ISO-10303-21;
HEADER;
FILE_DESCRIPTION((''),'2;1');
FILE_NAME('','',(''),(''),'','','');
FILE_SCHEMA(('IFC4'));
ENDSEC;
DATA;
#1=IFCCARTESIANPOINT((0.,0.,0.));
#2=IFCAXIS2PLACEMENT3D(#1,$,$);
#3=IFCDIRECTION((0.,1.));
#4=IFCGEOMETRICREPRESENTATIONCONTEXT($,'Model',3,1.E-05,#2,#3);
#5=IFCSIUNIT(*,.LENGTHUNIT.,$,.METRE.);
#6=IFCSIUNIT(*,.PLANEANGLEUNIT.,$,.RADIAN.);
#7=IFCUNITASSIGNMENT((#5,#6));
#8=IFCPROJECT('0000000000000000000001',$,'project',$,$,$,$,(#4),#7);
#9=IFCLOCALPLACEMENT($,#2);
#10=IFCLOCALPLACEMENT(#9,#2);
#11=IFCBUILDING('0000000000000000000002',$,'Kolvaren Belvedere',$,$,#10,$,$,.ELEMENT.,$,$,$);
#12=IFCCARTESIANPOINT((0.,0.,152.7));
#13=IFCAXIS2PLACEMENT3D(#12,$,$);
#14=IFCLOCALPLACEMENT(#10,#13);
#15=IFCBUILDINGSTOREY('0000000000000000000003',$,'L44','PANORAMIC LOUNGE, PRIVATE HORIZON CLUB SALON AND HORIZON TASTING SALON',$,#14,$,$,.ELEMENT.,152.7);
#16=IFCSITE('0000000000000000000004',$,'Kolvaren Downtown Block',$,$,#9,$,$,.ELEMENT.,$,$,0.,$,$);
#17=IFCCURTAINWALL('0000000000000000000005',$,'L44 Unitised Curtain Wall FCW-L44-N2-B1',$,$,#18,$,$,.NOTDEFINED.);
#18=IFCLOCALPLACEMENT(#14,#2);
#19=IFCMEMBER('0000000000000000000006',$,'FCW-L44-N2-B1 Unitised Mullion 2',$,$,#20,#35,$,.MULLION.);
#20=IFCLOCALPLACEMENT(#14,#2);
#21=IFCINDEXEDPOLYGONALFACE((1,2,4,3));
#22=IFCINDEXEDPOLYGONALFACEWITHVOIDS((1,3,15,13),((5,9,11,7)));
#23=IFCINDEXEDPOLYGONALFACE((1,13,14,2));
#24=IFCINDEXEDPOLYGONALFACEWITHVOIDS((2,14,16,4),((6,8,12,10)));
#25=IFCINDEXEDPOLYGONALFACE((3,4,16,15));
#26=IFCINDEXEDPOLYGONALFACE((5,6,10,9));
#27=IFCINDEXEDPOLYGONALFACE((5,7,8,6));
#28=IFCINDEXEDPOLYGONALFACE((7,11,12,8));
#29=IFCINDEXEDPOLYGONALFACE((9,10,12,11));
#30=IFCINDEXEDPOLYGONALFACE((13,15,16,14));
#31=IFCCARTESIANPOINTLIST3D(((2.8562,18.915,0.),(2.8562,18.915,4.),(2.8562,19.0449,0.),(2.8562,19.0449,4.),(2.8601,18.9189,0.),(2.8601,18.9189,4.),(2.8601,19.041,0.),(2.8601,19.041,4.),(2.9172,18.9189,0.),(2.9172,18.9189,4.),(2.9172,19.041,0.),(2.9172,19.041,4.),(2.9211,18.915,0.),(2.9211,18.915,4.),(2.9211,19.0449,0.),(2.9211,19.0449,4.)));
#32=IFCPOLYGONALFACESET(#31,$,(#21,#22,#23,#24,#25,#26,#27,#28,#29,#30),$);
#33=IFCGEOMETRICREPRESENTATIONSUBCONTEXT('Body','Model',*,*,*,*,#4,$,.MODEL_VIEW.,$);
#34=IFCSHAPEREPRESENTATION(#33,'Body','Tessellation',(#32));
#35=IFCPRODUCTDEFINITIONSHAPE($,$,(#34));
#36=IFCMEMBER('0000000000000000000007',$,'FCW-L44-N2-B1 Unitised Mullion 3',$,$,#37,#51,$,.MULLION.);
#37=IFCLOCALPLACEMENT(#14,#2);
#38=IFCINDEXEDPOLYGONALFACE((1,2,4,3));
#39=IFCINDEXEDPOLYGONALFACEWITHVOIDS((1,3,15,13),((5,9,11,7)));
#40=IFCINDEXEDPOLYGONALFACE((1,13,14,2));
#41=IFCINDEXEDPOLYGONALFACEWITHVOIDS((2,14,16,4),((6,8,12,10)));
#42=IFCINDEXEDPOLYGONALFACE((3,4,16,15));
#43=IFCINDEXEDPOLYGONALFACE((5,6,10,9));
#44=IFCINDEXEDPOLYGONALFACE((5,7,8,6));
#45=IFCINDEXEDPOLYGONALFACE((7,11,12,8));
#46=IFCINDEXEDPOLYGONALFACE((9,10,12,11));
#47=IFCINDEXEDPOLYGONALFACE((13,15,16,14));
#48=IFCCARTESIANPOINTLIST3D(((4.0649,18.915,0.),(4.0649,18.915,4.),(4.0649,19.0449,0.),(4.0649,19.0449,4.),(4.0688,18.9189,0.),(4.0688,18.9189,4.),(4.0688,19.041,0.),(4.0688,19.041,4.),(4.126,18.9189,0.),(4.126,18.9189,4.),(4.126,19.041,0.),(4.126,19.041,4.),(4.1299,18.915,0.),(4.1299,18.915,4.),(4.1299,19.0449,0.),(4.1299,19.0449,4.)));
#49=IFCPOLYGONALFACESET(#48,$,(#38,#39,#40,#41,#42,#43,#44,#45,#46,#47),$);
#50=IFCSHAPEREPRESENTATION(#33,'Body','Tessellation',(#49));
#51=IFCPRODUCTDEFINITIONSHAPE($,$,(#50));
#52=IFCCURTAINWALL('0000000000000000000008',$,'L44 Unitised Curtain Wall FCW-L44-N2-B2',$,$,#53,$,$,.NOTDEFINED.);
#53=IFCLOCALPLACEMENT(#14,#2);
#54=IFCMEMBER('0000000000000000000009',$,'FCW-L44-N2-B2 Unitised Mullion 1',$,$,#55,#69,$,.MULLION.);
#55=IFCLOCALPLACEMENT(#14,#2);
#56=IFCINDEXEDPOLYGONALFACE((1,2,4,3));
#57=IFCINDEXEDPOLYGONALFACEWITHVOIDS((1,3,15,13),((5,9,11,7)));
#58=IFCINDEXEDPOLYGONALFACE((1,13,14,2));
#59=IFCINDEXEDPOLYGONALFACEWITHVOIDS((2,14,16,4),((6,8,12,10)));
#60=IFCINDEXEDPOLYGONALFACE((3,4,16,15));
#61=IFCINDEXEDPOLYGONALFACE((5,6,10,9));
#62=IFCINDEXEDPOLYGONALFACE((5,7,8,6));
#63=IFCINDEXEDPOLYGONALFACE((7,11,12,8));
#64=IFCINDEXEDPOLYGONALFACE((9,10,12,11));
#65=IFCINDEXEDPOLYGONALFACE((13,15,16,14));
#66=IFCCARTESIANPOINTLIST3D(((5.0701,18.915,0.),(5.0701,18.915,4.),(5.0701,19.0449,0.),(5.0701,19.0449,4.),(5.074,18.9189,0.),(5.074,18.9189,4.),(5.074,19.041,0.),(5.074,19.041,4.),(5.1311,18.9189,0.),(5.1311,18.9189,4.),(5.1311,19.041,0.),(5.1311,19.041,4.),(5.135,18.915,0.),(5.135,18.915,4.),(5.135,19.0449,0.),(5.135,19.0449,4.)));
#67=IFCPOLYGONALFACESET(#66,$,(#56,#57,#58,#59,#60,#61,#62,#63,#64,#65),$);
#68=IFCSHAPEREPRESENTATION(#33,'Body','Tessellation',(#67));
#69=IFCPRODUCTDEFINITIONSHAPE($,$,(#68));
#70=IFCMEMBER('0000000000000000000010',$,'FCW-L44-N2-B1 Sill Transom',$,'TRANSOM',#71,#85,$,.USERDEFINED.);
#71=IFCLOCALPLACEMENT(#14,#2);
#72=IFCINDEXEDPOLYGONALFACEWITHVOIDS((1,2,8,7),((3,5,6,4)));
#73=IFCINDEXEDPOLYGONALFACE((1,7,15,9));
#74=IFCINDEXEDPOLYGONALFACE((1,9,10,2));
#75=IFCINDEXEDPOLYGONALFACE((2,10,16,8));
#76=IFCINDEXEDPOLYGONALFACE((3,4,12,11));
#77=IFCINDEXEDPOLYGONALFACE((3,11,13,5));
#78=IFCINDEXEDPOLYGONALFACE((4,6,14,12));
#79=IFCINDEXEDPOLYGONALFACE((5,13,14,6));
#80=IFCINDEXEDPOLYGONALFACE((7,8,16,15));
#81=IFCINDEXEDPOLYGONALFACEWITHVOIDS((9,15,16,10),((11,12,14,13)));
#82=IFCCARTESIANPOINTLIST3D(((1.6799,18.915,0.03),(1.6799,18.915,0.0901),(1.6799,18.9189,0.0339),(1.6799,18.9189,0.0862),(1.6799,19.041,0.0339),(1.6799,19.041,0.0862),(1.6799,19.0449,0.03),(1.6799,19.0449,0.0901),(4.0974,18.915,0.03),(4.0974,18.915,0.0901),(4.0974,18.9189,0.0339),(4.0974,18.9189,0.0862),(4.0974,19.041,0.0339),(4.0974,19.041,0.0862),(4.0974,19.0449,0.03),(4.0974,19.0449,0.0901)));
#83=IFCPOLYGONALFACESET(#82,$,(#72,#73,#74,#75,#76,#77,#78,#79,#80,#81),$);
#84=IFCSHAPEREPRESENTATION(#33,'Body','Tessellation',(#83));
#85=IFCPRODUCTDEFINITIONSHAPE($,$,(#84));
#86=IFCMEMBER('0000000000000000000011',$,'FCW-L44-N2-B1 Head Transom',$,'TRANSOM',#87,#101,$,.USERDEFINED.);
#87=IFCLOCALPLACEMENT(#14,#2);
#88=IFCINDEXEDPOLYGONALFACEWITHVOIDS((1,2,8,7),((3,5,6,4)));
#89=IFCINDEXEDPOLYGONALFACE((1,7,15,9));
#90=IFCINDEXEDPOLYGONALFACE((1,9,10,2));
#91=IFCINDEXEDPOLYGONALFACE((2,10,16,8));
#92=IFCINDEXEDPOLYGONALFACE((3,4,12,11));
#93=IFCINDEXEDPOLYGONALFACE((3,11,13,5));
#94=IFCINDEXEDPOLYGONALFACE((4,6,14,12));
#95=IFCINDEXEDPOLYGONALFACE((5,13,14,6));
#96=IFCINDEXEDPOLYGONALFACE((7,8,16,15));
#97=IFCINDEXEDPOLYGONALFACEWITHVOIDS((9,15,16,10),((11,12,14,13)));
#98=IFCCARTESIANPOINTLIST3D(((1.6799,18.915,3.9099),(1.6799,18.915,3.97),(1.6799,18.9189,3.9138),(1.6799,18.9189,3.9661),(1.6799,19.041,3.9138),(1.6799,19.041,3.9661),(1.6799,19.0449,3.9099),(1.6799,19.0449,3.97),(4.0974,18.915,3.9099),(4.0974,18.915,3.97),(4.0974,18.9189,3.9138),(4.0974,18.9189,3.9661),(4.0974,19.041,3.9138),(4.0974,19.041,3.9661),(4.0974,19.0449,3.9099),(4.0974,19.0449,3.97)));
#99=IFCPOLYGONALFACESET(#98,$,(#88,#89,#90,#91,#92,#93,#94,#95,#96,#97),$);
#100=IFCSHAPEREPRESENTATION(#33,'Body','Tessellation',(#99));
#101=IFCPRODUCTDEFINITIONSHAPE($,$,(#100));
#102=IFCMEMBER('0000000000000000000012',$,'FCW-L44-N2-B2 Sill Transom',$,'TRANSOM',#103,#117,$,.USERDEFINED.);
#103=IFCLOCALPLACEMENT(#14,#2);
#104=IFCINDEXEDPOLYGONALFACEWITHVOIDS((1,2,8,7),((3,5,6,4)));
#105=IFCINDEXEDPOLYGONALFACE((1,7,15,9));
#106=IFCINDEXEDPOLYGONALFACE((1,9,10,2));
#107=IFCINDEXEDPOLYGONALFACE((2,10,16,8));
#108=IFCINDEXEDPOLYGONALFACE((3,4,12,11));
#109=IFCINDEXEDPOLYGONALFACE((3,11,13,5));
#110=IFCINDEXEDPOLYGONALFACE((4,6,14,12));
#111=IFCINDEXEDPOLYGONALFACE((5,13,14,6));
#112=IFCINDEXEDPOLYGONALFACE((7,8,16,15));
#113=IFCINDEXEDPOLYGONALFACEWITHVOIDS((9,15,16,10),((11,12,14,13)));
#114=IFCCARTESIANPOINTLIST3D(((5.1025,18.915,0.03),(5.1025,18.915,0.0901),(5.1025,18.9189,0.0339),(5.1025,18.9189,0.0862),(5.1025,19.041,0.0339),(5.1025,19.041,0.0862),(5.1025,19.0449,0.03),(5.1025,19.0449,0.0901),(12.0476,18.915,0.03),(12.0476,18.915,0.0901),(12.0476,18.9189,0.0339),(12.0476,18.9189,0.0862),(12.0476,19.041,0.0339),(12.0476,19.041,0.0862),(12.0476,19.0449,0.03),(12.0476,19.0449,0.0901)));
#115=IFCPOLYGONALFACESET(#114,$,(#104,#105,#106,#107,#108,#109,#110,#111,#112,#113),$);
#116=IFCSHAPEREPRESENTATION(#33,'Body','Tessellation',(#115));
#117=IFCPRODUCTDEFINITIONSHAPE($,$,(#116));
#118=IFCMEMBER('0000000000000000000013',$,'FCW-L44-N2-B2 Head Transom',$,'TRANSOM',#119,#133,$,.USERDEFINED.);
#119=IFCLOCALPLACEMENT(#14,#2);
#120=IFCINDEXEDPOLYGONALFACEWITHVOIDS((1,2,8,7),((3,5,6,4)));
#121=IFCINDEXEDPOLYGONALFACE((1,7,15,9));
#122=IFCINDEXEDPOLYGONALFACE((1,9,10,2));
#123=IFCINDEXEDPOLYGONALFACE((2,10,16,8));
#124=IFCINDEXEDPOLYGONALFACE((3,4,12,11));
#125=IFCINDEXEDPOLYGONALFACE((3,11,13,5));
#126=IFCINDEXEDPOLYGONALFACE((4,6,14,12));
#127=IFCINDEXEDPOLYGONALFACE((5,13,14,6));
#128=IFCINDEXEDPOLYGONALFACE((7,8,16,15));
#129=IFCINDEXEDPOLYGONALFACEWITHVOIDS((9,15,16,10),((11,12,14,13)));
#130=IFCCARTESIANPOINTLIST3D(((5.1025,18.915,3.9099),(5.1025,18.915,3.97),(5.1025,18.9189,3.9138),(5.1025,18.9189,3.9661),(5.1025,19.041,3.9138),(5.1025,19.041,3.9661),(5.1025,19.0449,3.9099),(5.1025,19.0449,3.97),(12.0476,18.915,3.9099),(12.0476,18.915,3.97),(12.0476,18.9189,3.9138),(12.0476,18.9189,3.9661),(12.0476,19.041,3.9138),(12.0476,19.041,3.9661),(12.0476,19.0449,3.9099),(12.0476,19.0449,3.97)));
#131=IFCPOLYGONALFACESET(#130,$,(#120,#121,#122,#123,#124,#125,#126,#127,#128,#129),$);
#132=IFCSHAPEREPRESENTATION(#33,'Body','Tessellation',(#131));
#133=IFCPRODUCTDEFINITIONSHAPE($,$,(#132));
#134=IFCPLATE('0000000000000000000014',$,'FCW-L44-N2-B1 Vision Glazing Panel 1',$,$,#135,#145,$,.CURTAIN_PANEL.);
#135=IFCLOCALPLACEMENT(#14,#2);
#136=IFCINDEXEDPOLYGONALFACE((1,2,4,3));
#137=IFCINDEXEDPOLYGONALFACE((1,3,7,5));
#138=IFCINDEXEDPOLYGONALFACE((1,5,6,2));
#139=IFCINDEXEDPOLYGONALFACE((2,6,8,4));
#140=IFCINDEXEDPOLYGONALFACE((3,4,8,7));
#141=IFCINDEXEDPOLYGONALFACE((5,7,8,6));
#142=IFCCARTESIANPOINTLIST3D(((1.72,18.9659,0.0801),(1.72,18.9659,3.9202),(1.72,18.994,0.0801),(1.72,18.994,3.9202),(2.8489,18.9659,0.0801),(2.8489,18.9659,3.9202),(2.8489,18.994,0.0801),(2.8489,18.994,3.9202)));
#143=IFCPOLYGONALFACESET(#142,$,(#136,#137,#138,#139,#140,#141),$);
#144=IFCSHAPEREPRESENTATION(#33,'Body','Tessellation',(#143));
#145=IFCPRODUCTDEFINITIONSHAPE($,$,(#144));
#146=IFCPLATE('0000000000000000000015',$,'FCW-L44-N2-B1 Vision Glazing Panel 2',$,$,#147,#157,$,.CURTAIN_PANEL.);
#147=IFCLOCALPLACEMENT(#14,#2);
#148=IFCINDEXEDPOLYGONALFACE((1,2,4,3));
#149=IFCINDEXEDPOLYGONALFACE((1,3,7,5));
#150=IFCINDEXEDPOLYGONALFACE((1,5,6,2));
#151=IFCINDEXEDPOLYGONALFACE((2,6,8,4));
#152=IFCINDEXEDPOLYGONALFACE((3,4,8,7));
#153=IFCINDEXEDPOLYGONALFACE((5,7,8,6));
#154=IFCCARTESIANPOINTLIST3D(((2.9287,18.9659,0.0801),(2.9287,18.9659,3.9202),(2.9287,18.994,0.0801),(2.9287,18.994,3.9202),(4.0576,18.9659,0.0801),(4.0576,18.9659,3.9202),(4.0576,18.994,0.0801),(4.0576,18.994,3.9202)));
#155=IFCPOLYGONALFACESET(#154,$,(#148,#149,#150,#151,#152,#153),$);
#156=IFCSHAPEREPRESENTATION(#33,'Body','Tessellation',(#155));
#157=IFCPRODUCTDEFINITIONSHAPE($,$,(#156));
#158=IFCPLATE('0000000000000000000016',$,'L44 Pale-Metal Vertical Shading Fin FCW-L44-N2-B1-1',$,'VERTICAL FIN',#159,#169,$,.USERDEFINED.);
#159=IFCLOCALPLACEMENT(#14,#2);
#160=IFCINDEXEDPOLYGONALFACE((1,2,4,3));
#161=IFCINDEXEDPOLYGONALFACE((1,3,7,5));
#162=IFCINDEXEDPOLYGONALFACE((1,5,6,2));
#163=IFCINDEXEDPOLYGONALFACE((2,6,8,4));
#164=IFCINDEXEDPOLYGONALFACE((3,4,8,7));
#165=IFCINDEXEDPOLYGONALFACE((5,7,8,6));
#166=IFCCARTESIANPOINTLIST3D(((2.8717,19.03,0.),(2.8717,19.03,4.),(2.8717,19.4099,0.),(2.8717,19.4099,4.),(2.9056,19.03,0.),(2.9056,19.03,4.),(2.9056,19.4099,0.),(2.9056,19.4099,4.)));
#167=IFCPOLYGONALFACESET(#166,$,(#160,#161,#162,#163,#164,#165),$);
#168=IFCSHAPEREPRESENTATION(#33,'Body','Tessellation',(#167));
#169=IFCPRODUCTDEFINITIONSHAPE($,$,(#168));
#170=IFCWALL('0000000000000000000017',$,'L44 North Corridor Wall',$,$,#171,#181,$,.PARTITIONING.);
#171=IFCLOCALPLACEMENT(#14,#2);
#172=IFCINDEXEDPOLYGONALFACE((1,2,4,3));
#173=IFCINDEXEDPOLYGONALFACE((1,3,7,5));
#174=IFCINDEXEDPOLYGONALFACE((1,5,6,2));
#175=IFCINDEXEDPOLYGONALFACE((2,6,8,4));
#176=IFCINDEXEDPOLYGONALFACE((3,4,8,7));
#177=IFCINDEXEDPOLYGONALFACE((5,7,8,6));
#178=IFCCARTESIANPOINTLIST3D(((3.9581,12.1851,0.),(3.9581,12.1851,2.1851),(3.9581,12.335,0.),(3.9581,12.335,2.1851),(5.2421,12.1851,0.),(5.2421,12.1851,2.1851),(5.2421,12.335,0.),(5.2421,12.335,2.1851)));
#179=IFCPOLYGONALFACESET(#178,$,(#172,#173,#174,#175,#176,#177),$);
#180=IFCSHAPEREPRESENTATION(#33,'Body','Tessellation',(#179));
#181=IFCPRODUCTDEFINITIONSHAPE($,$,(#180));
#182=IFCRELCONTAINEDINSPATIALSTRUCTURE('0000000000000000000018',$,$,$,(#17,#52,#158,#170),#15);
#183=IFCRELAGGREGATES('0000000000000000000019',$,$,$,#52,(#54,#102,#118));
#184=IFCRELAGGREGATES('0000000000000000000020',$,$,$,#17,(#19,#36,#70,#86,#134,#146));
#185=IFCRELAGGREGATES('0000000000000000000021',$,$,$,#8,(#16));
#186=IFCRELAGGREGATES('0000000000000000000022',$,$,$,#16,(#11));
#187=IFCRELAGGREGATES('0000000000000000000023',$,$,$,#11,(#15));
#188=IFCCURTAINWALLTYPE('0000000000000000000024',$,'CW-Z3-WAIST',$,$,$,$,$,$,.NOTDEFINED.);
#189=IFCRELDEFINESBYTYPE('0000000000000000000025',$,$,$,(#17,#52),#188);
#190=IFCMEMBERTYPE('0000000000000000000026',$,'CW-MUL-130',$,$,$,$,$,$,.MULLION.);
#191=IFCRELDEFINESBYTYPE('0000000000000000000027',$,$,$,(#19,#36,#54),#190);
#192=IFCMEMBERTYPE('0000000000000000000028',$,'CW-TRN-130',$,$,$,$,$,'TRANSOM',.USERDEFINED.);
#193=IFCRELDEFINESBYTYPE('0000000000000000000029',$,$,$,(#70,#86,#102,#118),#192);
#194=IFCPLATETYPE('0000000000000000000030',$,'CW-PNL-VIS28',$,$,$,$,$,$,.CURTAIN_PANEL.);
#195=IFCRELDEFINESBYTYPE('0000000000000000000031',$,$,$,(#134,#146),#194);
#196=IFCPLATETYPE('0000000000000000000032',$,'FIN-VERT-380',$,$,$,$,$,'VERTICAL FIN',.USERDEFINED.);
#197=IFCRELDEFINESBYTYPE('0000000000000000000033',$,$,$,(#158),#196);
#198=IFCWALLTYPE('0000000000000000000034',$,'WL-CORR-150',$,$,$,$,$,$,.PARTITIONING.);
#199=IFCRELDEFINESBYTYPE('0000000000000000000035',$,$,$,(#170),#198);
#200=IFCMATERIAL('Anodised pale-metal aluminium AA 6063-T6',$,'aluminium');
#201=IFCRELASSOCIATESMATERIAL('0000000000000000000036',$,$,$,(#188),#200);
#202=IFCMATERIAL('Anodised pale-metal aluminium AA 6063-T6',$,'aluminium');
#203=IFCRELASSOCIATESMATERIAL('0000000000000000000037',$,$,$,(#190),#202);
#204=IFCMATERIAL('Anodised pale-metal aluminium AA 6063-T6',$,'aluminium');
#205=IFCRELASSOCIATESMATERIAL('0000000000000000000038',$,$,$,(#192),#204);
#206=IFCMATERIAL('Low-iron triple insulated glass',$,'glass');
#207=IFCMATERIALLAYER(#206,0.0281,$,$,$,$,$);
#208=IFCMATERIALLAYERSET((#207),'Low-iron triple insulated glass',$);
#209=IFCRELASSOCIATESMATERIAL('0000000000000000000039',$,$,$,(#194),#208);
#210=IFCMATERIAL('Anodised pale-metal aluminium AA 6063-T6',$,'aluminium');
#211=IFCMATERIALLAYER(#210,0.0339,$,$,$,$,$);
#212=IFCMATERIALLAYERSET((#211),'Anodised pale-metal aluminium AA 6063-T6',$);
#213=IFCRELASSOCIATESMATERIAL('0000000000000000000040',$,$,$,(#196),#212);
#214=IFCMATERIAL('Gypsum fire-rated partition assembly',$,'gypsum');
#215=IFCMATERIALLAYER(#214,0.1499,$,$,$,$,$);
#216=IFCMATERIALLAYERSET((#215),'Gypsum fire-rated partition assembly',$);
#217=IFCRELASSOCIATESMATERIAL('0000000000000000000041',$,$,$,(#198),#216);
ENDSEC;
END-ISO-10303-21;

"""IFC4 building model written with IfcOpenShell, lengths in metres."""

from ifc_helpers import new_model, si_unit, direction, frame, frame_2d, origin, origin_2d, place, context, subcontext, project, spatial, rectangle, hollow_rectangle, extrude, material, layer, layer_set, material_profile, profile_set, type_object, element, aggregate, save


model = new_model("IFC4")

# Units and contexts
model_context = context("Model", 3, precision=1e-05, world=origin(), true_north=direction((0.0, 1.0)))
body_context = subcontext(model_context, "Body", "Model", "MODEL_VIEW")
ifc_project = project(units=[si_unit("LENGTHUNIT", "METRE"), si_unit("PLANEANGLEUNIT", "RADIAN")], contexts=[model_context])

# Site, building, storey
site_placement = place(None, origin())
site = spatial("IfcSite", under=ifc_project, at=site_placement, Name="Kolvaren Downtown Block", CompositionType="ELEMENT", RefElevation=0.0)
building_placement = place(site_placement, origin())
building = spatial("IfcBuilding", under=site, at=building_placement, Name="Kolvaren Belvedere", CompositionType="ELEMENT")
storey_placement = place(building_placement, frame((0.0, 0.0, 152.7)))
storey = spatial("IfcBuildingStorey", under=building, at=storey_placement, Name="L44", Description="PANORAMIC LOUNGE, PRIVATE HORIZON CLUB SALON AND HORIZON TASTING SALON", CompositionType="ELEMENT", Elevation=152.7)

# Curtain wall, members
ifc_material_1 = material(Name="Anodised pale-metal aluminium AA 6063-T6", Category="aluminium")
curtain_wall_type = type_object("IfcCurtainWallType", Name="CW-Z3-WAIST", PredefinedType="NOTDEFINED", material=ifc_material_1)
curtain_wall_1_placement = place(storey_placement, origin())
curtain_wall_1 = element("IfcCurtainWall", 1, at=curtain_wall_1_placement, inside=storey, type_object=curtain_wall_type, Name="L44 Unitised Curtain Wall FCW-L44-N2-B1", PredefinedType="NOTDEFINED")
ifc_material_2 = material(Name="Anodised pale-metal aluminium AA 6063-T6", Category="aluminium")
ifc_material_profile_1 = material_profile(ifc_material_2, hollow_rectangle(XDim=0.0649, YDim=0.1299, WallThickness=0.0039, at=origin_2d()), Name="ALU-MUL-130X65")
ifc_profile_set_1 = profile_set([ifc_material_profile_1], Name="Anodised pale-metal aluminium AA 6063-T6")
member_type_1 = type_object("IfcMemberType", Name="CW-MUL-130", PredefinedType="MULLION", material=ifc_profile_set_1)
member_1_placement = place(storey_placement, frame((2.8887, 18.98, 0.0), z_axis=(0.0, 0.0, 1.0), x_axis=(1.0, 0.0, 0.0)))
member_1 = element("IfcMember", 2, at=member_1_placement, type_object=member_type_1, Name="FCW-L44-N2-B1 Unitised Mullion 2", PredefinedType="MULLION", context=body_context, shape_type="SweptSolid", body=[
    extrude(hollow_rectangle(XDim=0.0649, YDim=0.1299, WallThickness=0.0039, at=origin_2d()), origin(), (0.0, 0.0, 1.0), 4.0),
])
member_2_placement = place(storey_placement, frame((4.0974, 18.98, 0.0), z_axis=(0.0, 0.0, 1.0), x_axis=(1.0, 0.0, 0.0)))
member_2 = element("IfcMember", 3, at=member_2_placement, type_object=member_type_1, Name="FCW-L44-N2-B1 Unitised Mullion 3", PredefinedType="MULLION", context=body_context, shape_type="SweptSolid", body=[
    extrude(hollow_rectangle(XDim=0.0649, YDim=0.1299, WallThickness=0.0039, at=origin_2d()), origin(), (0.0, 0.0, 1.0), 4.0),
])

# Curtain wall, member
curtain_wall_2_placement = place(storey_placement, origin())
curtain_wall_2 = element("IfcCurtainWall", 4, at=curtain_wall_2_placement, inside=storey, type_object=curtain_wall_type, Name="L44 Unitised Curtain Wall FCW-L44-N2-B2", PredefinedType="NOTDEFINED")
member_3_placement = place(storey_placement, frame((5.1025, 18.98, 0.0), z_axis=(0.0, 0.0, 1.0), x_axis=(1.0, 0.0, 0.0)))
member_3 = element("IfcMember", 5, at=member_3_placement, type_object=member_type_1, Name="FCW-L44-N2-B2 Unitised Mullion 1", PredefinedType="MULLION", context=body_context, shape_type="SweptSolid", body=[
    extrude(hollow_rectangle(XDim=0.0649, YDim=0.1299, WallThickness=0.0039, at=origin_2d()), origin(), (0.0, 0.0, 1.0), 4.0),
])

# Members
ifc_material_3 = material(Name="Anodised pale-metal aluminium AA 6063-T6", Category="aluminium")
ifc_material_profile_2 = material_profile(ifc_material_3, hollow_rectangle(XDim=0.0601, YDim=0.1299, WallThickness=0.0039, at=origin_2d()), Name="ALU-TRN-130X60")
ifc_profile_set_2 = profile_set([ifc_material_profile_2], Name="Anodised pale-metal aluminium AA 6063-T6")
member_type_2 = type_object("IfcMemberType", Name="CW-TRN-130", ElementType="TRANSOM", PredefinedType="USERDEFINED", material=ifc_profile_set_2)
member_4_placement = place(storey_placement, frame((1.6799, 18.98, 0.0601), z_axis=(1.0, 0.0, 0.0), x_axis=(0.0, 0.0, 1.0)))
member_4 = element("IfcMember", 6, at=member_4_placement, type_object=member_type_2, Name="FCW-L44-N2-B1 Sill Transom", ObjectType="TRANSOM", PredefinedType="USERDEFINED", context=body_context, shape_type="SweptSolid", body=[
    extrude(hollow_rectangle(XDim=0.0601, YDim=0.1299, WallThickness=0.0039, at=origin_2d()), origin(), (0.0, 0.0, 1.0), 2.4175),
])
member_5_placement = place(storey_placement, frame((1.6799, 18.98, 3.9399), z_axis=(1.0, 0.0, 0.0), x_axis=(0.0, 0.0, 1.0)))
member_5 = element("IfcMember", 7, at=member_5_placement, type_object=member_type_2, Name="FCW-L44-N2-B1 Head Transom", ObjectType="TRANSOM", PredefinedType="USERDEFINED", context=body_context, shape_type="SweptSolid", body=[
    extrude(hollow_rectangle(XDim=0.0601, YDim=0.1299, WallThickness=0.0039, at=origin_2d()), origin(), (0.0, 0.0, 1.0), 2.4175),
])
member_6_placement = place(storey_placement, frame((5.1025, 18.98, 0.0601), z_axis=(1.0, 0.0, 0.0), x_axis=(0.0, 0.0, 1.0)))
member_6 = element("IfcMember", 8, at=member_6_placement, type_object=member_type_2, Name="FCW-L44-N2-B2 Sill Transom", ObjectType="TRANSOM", PredefinedType="USERDEFINED", context=body_context, shape_type="SweptSolid", body=[
    extrude(hollow_rectangle(XDim=0.0601, YDim=0.1299, WallThickness=0.0039, at=origin_2d()), origin(), (0.0, 0.0, 1.0), 6.9451),
])
member_7_placement = place(storey_placement, frame((5.1025, 18.98, 3.9399), z_axis=(1.0, 0.0, 0.0), x_axis=(0.0, 0.0, 1.0)))
member_7 = element("IfcMember", 9, at=member_7_placement, type_object=member_type_2, Name="FCW-L44-N2-B2 Head Transom", ObjectType="TRANSOM", PredefinedType="USERDEFINED", context=body_context, shape_type="SweptSolid", body=[
    extrude(hollow_rectangle(XDim=0.0601, YDim=0.1299, WallThickness=0.0039, at=origin_2d()), origin(), (0.0, 0.0, 1.0), 6.9451),
])
aggregate(curtain_wall_2, [member_3, member_6, member_7])

# Plates
ifc_material_4 = material(Name="Low-iron triple insulated glass", Category="glass")
ifc_layer_1 = layer(ifc_material_4, 0.0281)
ifc_layer_set_1 = layer_set([ifc_layer_1], Name="Low-iron triple insulated glass")
plate_type_1 = type_object("IfcPlateType", Name="CW-PNL-VIS28", PredefinedType="CURTAIN_PANEL", material=ifc_layer_set_1)
plate_1_placement = place(storey_placement, frame((2.2844, 18.98, 0.0801), z_axis=(0.0, 0.0, 1.0), x_axis=(1.0, 0.0, 0.0)))
plate_1 = element("IfcPlate", 10, at=plate_1_placement, type_object=plate_type_1, Name="FCW-L44-N2-B1 Vision Glazing Panel 1", PredefinedType="CURTAIN_PANEL", context=body_context, shape_type="SweptSolid", body=[
    extrude(rectangle(XDim=1.1289, YDim=0.0281, at=origin_2d()), origin(), (0.0, 0.0, 1.0), 3.8401),
])
plate_2_placement = place(storey_placement, frame((3.4932, 18.98, 0.0801), z_axis=(0.0, 0.0, 1.0), x_axis=(1.0, 0.0, 0.0)))
plate_2 = element("IfcPlate", 11, at=plate_2_placement, type_object=plate_type_1, Name="FCW-L44-N2-B1 Vision Glazing Panel 2", PredefinedType="CURTAIN_PANEL", context=body_context, shape_type="SweptSolid", body=[
    extrude(rectangle(XDim=1.1289, YDim=0.0281, at=origin_2d()), origin(), (0.0, 0.0, 1.0), 3.8401),
])
aggregate(curtain_wall_1, [member_1, member_2, member_4, member_5, plate_1, plate_2])
ifc_material_5 = material(Name="Anodised pale-metal aluminium AA 6063-T6", Category="aluminium")
ifc_layer_2 = layer(ifc_material_5, 0.0339)
ifc_layer_set_2 = layer_set([ifc_layer_2], Name="Anodised pale-metal aluminium AA 6063-T6")
plate_type_2 = type_object("IfcPlateType", Name="FIN-VERT-380", ElementType="VERTICAL FIN", PredefinedType="USERDEFINED", material=ifc_layer_set_2)
plate_3_placement = place(storey_placement, frame((2.8887, 19.22, 0.0), z_axis=(0.0, 0.0, 1.0), x_axis=(0.0, 1.0, 0.0)))
element("IfcPlate", 12, at=plate_3_placement, inside=storey, type_object=plate_type_2, Name="L44 Pale-Metal Vertical Shading Fin FCW-L44-N2-B1-1", ObjectType="VERTICAL FIN", PredefinedType="USERDEFINED", context=body_context, shape_type="SweptSolid", body=[
    extrude(rectangle(XDim=0.3799, YDim=0.0339, at=origin_2d()), origin(), (0.0, 0.0, 1.0), 4.0),
])

# Wall
ifc_material_6 = material(Name="Gypsum fire-rated partition assembly", Category="gypsum")
ifc_layer_3 = layer(ifc_material_6, 0.1499)
ifc_layer_set_3 = layer_set([ifc_layer_3], Name="Gypsum fire-rated partition assembly")
wall_type_1 = type_object("IfcWallType", Name="WL-CORR-150", PredefinedType="PARTITIONING", material=ifc_layer_set_3)
wall_1_placement = place(storey_placement, frame((3.958, 12.26, 0.0), z_axis=(0.0, 0.0, 1.0), x_axis=(1.0, 0.0, 0.0)))
element("IfcWall", 13, at=wall_1_placement, inside=storey, type_object=wall_type_1, Name="L44 North Corridor Wall", PredefinedType="PARTITIONING", context=body_context, shape_type="SweptSolid", body=[
    extrude(rectangle(XDim=1.2839, YDim=0.1499, at=frame_2d((0.6421, 0.0))), origin(), (0.0, 0.0, 1.0), 2.1851),
])

save(model, "model.ifc")
